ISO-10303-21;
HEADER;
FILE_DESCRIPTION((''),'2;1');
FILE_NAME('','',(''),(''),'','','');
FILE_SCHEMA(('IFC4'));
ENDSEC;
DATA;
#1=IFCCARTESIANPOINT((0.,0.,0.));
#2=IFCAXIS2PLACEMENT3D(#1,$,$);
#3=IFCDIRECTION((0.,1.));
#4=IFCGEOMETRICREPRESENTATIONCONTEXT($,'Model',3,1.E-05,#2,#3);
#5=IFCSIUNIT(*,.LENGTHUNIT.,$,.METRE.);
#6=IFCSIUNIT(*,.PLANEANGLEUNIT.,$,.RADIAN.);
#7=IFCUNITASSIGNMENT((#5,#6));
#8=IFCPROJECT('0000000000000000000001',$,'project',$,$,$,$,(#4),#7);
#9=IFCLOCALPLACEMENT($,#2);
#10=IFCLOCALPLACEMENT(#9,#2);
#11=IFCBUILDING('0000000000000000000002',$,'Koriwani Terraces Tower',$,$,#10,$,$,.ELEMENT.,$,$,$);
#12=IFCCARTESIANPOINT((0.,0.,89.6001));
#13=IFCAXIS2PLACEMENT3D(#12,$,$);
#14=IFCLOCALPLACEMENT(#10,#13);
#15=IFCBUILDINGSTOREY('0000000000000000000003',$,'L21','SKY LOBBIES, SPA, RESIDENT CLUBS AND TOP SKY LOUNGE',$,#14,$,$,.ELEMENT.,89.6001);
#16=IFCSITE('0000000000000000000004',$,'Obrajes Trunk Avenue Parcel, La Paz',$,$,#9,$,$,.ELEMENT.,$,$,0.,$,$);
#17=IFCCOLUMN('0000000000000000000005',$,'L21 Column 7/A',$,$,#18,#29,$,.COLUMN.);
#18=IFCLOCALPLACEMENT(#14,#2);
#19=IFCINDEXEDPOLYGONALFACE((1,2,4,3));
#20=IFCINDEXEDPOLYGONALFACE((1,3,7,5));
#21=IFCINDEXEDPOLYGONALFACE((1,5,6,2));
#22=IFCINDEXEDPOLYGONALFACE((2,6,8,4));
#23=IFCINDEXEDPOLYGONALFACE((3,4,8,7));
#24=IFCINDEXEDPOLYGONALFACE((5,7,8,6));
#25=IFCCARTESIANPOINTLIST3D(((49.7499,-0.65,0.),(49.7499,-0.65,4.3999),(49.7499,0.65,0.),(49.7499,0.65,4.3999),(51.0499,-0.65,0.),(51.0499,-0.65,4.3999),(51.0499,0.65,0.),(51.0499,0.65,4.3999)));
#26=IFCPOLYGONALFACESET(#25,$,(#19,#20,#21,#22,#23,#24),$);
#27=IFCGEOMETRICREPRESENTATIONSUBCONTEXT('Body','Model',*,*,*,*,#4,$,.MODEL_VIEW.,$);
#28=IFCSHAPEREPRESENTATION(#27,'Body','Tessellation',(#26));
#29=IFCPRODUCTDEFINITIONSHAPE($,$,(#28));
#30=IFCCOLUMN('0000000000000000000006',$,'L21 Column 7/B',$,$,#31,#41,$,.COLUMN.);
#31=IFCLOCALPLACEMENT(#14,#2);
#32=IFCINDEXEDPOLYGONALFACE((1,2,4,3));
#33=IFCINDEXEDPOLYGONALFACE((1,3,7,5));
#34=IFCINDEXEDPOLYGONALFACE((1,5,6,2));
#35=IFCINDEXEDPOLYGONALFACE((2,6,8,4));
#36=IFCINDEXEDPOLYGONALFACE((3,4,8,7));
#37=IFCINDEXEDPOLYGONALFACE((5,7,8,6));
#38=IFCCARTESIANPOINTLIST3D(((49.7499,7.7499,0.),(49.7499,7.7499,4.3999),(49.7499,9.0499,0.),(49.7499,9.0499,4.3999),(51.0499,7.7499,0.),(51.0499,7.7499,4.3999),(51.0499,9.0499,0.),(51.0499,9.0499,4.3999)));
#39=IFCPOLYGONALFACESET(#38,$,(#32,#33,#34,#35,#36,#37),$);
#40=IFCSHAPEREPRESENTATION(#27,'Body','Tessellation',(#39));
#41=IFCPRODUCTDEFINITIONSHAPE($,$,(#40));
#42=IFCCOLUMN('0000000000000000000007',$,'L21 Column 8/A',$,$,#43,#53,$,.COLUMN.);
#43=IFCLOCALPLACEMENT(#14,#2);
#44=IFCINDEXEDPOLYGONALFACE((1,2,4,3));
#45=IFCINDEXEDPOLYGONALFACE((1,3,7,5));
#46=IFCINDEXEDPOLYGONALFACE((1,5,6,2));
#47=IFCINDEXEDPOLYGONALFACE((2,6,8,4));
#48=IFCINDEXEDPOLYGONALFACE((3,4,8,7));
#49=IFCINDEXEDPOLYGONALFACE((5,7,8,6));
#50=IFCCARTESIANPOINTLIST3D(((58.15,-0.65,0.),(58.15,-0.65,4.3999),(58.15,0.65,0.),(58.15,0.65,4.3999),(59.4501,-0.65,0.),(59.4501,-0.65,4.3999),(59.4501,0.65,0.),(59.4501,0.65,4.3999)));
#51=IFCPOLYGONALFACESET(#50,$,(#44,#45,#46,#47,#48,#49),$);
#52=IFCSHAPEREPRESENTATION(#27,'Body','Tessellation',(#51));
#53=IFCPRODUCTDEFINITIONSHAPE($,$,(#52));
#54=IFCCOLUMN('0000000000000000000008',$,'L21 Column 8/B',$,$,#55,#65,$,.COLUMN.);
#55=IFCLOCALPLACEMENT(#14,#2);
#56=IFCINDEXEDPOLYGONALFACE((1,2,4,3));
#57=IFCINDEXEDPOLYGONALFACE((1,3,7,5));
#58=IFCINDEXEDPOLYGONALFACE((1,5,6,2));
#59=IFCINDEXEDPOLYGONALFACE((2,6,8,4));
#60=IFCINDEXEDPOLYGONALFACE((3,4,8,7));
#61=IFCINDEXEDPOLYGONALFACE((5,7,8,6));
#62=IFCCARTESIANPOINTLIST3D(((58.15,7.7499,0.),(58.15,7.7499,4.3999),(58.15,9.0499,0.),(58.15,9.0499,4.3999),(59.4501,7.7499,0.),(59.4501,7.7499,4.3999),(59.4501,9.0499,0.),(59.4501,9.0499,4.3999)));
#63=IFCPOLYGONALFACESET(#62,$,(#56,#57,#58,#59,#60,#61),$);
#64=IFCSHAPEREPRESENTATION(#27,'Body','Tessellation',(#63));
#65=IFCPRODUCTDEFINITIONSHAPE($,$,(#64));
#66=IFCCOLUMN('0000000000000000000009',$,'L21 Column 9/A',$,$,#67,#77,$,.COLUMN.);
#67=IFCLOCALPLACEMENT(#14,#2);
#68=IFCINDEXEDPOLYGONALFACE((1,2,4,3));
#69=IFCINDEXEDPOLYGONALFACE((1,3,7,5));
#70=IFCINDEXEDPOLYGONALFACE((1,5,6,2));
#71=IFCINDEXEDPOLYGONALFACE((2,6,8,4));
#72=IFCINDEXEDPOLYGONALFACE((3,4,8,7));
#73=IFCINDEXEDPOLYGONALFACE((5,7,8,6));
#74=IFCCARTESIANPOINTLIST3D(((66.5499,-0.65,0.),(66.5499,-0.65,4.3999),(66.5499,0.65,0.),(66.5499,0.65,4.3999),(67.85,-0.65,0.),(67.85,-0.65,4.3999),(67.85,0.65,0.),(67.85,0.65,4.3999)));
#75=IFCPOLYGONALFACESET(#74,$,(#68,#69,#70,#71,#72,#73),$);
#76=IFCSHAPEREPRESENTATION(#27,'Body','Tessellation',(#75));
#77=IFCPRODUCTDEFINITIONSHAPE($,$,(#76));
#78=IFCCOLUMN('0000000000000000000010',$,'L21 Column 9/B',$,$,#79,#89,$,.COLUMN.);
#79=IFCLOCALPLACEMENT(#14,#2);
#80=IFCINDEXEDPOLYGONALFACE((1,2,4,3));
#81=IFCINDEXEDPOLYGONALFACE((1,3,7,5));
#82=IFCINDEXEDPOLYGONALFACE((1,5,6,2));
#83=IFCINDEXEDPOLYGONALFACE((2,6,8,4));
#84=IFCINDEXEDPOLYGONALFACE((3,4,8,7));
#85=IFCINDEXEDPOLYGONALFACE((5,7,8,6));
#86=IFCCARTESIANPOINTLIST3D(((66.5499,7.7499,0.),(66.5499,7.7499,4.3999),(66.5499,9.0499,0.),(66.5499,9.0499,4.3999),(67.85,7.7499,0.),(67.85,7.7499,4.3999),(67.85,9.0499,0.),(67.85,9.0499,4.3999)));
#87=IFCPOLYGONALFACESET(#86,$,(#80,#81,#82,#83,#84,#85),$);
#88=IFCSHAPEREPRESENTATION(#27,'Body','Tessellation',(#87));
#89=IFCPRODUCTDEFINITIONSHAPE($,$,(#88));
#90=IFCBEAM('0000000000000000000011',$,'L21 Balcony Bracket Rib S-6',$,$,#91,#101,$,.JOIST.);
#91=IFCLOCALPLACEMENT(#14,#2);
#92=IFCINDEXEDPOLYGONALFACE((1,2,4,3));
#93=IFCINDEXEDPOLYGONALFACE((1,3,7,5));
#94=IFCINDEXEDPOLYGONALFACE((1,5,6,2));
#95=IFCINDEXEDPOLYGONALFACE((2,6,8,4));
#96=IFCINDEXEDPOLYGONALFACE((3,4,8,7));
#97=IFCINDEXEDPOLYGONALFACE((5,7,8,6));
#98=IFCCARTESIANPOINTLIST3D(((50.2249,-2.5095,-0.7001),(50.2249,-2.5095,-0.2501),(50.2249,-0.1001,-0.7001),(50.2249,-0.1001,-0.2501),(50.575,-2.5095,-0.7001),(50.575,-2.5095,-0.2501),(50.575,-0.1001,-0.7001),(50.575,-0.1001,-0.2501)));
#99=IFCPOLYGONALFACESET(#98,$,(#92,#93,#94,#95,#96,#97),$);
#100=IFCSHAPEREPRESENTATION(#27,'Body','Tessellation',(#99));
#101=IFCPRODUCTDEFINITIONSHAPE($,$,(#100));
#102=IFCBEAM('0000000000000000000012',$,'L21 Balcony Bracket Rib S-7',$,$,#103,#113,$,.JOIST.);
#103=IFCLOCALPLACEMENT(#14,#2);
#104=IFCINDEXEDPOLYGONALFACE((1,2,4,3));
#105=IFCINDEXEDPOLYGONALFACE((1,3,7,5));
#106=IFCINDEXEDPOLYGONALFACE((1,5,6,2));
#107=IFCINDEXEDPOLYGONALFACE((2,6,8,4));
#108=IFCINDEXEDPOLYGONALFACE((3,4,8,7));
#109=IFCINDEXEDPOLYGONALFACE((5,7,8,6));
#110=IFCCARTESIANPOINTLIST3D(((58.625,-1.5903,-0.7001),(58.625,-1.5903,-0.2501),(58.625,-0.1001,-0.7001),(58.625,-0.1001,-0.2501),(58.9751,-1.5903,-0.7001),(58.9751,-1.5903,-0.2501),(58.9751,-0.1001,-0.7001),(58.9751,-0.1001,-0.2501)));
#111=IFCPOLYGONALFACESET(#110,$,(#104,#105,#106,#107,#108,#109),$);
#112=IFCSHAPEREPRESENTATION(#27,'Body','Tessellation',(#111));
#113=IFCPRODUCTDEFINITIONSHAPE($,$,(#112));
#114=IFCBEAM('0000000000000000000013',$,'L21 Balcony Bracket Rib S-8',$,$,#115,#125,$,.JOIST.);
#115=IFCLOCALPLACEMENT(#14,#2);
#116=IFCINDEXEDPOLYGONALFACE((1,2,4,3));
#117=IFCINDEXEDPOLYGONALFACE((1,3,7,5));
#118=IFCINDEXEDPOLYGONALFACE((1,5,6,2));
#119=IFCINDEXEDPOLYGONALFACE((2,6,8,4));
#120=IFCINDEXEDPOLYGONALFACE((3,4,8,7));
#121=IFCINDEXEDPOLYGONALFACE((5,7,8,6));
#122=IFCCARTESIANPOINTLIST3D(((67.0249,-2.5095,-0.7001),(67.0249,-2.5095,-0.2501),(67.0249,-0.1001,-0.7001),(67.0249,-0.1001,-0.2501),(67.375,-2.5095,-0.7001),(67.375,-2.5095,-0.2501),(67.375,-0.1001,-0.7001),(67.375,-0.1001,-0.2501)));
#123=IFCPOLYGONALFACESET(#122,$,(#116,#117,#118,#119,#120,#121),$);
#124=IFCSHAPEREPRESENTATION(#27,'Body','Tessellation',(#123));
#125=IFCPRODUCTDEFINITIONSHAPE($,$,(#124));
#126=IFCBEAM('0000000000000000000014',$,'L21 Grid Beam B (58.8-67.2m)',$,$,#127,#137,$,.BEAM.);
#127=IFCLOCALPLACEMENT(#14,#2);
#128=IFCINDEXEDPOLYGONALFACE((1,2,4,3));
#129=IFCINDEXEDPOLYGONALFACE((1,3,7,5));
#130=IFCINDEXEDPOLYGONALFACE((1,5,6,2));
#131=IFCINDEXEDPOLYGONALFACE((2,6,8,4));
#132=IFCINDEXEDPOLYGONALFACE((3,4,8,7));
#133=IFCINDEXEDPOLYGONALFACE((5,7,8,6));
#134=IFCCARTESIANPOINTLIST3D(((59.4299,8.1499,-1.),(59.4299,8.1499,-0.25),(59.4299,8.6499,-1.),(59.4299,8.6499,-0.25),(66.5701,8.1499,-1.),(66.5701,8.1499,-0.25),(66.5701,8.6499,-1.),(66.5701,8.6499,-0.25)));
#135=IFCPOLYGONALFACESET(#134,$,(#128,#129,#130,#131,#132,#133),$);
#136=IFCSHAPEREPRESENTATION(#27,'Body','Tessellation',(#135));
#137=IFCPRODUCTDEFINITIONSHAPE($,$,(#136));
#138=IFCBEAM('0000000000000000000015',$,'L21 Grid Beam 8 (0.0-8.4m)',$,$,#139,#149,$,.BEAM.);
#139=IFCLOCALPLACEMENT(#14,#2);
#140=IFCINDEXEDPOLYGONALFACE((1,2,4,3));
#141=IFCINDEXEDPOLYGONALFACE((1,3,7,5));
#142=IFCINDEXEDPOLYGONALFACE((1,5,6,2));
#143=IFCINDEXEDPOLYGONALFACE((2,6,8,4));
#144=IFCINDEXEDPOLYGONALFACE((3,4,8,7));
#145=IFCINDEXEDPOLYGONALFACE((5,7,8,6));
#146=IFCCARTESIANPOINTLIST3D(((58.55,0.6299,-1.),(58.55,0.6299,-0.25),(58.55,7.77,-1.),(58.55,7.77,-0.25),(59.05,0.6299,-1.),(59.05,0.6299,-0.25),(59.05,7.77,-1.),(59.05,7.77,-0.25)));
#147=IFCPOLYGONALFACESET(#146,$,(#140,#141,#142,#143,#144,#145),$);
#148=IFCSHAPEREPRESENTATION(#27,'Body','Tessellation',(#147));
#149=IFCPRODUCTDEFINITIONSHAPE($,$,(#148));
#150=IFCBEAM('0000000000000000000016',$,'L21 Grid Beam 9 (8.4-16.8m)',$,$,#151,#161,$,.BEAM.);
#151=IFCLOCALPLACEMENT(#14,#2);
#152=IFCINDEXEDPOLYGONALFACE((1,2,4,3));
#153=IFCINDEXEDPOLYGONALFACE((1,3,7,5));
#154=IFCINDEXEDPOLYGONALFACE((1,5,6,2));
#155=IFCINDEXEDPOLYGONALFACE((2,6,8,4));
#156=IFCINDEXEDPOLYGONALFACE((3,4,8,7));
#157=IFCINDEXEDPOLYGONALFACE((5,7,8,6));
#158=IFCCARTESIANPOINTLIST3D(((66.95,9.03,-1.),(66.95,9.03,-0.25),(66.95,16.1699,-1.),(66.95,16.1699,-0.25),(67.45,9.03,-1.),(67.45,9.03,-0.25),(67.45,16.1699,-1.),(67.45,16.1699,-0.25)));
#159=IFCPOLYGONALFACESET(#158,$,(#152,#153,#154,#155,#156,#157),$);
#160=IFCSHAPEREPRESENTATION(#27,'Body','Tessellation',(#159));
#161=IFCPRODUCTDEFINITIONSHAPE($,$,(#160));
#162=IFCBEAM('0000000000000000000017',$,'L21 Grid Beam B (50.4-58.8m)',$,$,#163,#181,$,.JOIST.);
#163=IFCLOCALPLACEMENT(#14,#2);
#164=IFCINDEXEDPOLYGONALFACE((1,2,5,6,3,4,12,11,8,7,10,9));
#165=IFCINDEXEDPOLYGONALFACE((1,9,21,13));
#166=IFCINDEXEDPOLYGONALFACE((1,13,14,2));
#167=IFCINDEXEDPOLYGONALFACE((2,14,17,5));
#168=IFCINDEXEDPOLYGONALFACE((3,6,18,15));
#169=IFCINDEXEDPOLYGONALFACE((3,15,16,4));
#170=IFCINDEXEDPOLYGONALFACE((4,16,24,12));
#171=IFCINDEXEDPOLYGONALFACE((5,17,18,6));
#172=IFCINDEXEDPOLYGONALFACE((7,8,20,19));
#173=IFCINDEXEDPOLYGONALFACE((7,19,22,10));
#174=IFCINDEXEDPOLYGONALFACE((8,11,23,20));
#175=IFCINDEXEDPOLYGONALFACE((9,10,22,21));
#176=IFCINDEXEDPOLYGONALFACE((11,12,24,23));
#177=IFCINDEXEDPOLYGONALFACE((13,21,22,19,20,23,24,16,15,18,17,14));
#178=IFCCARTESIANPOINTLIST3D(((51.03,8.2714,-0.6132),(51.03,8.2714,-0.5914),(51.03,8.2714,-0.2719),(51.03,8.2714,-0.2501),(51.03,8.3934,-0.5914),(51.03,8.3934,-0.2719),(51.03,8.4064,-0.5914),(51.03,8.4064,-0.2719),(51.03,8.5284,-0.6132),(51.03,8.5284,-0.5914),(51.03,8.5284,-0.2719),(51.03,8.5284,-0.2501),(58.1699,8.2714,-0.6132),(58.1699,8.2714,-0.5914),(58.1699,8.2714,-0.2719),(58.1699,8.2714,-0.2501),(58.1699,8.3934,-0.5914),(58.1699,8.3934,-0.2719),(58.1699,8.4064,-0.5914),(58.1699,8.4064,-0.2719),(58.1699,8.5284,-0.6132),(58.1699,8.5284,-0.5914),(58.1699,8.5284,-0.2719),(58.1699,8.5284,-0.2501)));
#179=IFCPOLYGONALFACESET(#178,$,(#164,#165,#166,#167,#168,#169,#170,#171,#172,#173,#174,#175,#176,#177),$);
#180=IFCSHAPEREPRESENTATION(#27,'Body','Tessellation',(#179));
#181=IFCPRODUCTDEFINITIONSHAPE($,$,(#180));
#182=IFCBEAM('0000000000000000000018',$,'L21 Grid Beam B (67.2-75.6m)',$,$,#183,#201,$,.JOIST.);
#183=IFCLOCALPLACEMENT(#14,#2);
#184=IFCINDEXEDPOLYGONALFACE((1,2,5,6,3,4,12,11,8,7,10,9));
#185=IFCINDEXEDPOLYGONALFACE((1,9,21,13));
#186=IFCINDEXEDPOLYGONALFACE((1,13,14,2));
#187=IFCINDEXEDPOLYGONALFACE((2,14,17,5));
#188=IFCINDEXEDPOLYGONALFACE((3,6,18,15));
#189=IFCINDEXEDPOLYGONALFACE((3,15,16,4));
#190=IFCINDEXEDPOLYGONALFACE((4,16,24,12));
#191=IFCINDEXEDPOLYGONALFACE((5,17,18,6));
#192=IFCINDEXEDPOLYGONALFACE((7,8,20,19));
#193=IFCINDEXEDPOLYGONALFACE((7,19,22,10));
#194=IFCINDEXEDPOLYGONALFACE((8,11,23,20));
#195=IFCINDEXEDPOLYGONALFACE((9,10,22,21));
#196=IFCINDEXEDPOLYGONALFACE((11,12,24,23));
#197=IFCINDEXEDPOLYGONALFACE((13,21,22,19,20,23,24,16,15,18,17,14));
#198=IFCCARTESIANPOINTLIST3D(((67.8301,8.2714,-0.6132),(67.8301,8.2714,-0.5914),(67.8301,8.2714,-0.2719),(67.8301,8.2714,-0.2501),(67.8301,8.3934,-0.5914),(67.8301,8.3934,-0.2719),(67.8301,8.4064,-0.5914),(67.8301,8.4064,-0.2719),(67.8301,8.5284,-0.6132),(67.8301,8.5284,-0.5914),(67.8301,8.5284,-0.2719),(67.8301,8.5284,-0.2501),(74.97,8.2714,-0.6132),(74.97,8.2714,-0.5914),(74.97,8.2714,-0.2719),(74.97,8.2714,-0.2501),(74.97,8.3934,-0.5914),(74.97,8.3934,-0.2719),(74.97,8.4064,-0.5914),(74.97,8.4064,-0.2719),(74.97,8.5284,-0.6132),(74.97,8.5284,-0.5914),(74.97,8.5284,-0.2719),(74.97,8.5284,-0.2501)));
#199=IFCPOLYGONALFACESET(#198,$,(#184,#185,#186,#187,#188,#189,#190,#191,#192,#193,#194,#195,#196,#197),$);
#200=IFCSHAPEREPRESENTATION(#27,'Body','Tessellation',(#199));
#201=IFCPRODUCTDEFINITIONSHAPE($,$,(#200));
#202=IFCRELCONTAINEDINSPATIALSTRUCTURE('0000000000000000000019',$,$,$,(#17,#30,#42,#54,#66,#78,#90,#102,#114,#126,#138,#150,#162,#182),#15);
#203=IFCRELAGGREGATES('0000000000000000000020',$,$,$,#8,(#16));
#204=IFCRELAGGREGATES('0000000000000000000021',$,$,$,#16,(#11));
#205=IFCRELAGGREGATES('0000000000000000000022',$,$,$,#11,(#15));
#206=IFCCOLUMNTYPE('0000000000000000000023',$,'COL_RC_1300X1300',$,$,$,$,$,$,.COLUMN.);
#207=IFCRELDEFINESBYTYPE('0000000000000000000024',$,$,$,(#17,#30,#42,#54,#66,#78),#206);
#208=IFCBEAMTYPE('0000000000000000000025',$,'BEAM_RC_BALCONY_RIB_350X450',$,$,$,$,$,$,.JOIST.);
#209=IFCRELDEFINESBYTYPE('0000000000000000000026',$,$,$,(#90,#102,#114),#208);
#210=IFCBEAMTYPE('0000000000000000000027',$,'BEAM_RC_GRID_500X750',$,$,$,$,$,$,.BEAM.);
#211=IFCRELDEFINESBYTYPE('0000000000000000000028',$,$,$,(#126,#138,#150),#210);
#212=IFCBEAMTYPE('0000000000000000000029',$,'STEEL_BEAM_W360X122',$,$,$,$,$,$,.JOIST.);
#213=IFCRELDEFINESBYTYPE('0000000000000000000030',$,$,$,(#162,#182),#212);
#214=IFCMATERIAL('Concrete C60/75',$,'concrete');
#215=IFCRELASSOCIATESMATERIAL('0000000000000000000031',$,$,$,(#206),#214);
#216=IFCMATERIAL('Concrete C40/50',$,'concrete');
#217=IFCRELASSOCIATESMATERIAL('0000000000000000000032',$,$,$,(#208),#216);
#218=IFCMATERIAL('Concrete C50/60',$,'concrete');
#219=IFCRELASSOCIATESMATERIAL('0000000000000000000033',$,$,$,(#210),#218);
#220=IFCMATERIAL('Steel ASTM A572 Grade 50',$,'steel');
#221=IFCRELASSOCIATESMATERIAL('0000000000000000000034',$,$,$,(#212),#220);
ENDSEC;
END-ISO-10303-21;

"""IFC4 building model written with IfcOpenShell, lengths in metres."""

from ifc_helpers import new_model, si_unit, direction, frame, origin, origin_2d, place, context, subcontext, project, spatial, rectangle, i_section, extrude, material, material_profile, profile_set, type_object, element, save


model = new_model("IFC4")

# Units and contexts
model_context = context("Model", 3, precision=1e-05, world=origin(), true_north=direction((0.0, 1.0)))
body_context = subcontext(model_context, "Body", "Model", "MODEL_VIEW")
ifc_project = project(units=[si_unit("LENGTHUNIT", "METRE"), si_unit("PLANEANGLEUNIT", "RADIAN")], contexts=[model_context])

# Site, building, storey
site_placement = place(None, origin())
site = spatial("IfcSite", under=ifc_project, at=site_placement, Name="Obrajes Trunk Avenue Parcel, La Paz", CompositionType="ELEMENT", RefElevation=0.0)
building_placement = place(site_placement, origin())
building = spatial("IfcBuilding", under=site, at=building_placement, Name="Koriwani Terraces Tower", CompositionType="ELEMENT")
storey_placement = place(building_placement, frame((0.0, 0.0, 89.6001)))
storey = spatial("IfcBuildingStorey", under=building, at=storey_placement, Name="L21", Description="SKY LOBBIES, SPA, RESIDENT CLUBS AND TOP SKY LOUNGE", CompositionType="ELEMENT", Elevation=89.6001)

# Columns
ifc_material_1 = material(Name="Concrete C60/75", Category="concrete")
ifc_material_profile_1 = material_profile(ifc_material_1, rectangle(XDim=1.3, YDim=1.3, at=origin_2d()), Name="Concrete C60/75", Category="LoadBearing")
ifc_profile_set_1 = profile_set([ifc_material_profile_1], Name="Concrete C60/75")
column_type = type_object("IfcColumnType", Name="COL_RC_1300X1300", PredefinedType="COLUMN", material=ifc_profile_set_1)
for number, where, z_axis, x_axis, name in (
    (1, (50.3999, 0.0, 0.0), (0.0, 0.0, 1.0), (1.0, 0.0, 0.0), "L21 Column 7/A"),
    (2, (50.3999, 8.3999, 0.0), (0.0, 0.0, 1.0), (1.0, 0.0, 0.0), "L21 Column 7/B"),
    (3, (58.8, 0.0, 0.0), (0.0, 0.0, 1.0), (1.0, 0.0, 0.0), "L21 Column 8/A"),
    (4, (58.8, 8.3999, 0.0), (0.0, 0.0, 1.0), (1.0, 0.0, 0.0), "L21 Column 8/B"),
    (5, (67.2, 0.0, 0.0), (0.0, 0.0, 1.0), (1.0, 0.0, 0.0), "L21 Column 9/A"),
    (6, (67.2, 8.3999, 0.0), (0.0, 0.0, 1.0), (1.0, 0.0, 0.0), "L21 Column 9/B"),
):
    element("IfcColumn", number, at=place(storey_placement, frame(where, z_axis=z_axis, x_axis=x_axis)), inside=storey, type_object=column_type, Name=name, PredefinedType="COLUMN", context=body_context, shape_type="SweptSolid", body=[
        extrude(rectangle(XDim=1.3, YDim=1.3, at=origin_2d()), origin(), (0.0, 0.0, 1.0), 4.3999),
    ])

# Beams
ifc_material_2 = material(Name="Concrete C40/50", Category="concrete")
ifc_material_profile_2 = material_profile(ifc_material_2, rectangle(XDim=0.3501, YDim=0.45, at=origin_2d()), Name="Concrete C40/50", Category="LoadBearing")
ifc_profile_set_2 = profile_set([ifc_material_profile_2], Name="Concrete C40/50")
beam_type_1 = type_object("IfcBeamType", Name="BEAM_RC_BALCONY_RIB_350X450", PredefinedType="JOIST", material=ifc_profile_set_2)
beam_1_placement = place(storey_placement, frame((50.3999, -2.5095, -0.4751), z_axis=(0.0, 1.0, 0.0), x_axis=(-1.0, 0.0, 0.0)))
element("IfcBeam", 7, at=beam_1_placement, inside=storey, type_object=beam_type_1, Name="L21 Balcony Bracket Rib S-6", PredefinedType="JOIST", context=body_context, shape_type="SweptSolid", body=[
    extrude(rectangle(XDim=0.3501, YDim=0.45, at=origin_2d()), origin(), (0.0, 0.0, 1.0), 2.4094),
])
beam_2_placement = place(storey_placement, frame((58.8, -1.5903, -0.4751), z_axis=(0.0, 1.0, 0.0), x_axis=(-1.0, 0.0, 0.0)))
element("IfcBeam", 8, at=beam_2_placement, inside=storey, type_object=beam_type_1, Name="L21 Balcony Bracket Rib S-7", PredefinedType="JOIST", context=body_context, shape_type="SweptSolid", body=[
    extrude(rectangle(XDim=0.3501, YDim=0.45, at=origin_2d()), origin(), (0.0, 0.0, 1.0), 1.4902),
])
beam_3_placement = place(storey_placement, frame((67.2, -2.5095, -0.4751), z_axis=(0.0, 1.0, 0.0), x_axis=(-1.0, 0.0, 0.0)))
element("IfcBeam", 9, at=beam_3_placement, inside=storey, type_object=beam_type_1, Name="L21 Balcony Bracket Rib S-8", PredefinedType="JOIST", context=body_context, shape_type="SweptSolid", body=[
    extrude(rectangle(XDim=0.3501, YDim=0.45, at=origin_2d()), origin(), (0.0, 0.0, 1.0), 2.4094),
])
ifc_material_3 = material(Name="Concrete C50/60", Category="concrete")
ifc_material_profile_3 = material_profile(ifc_material_3, rectangle(XDim=0.5, YDim=0.75, at=origin_2d()), Name="Concrete C50/60", Category="LoadBearing")
ifc_profile_set_3 = profile_set([ifc_material_profile_3], Name="Concrete C50/60")
beam_type_2 = type_object("IfcBeamType", Name="BEAM_RC_GRID_500X750", PredefinedType="BEAM", material=ifc_profile_set_3)
for number, where, z_axis, x_axis, name in (
    (10, (59.4299, 8.3999, -0.625), (1.0, 0.0, 0.0), (0.0, 1.0, 0.0), "L21 Grid Beam B (58.8-67.2m)"),
    (11, (58.8, 0.6299, -0.625), (0.0, 1.0, 0.0), (-1.0, 0.0, 0.0), "L21 Grid Beam 8 (0.0-8.4m)"),
):
    element("IfcBeam", number, at=place(storey_placement, frame(where, z_axis=z_axis, x_axis=x_axis)), inside=storey, type_object=beam_type_2, Name=name, PredefinedType="BEAM", context=body_context, shape_type="SweptSolid", body=[
        extrude(rectangle(XDim=0.5, YDim=0.75, at=origin_2d()), origin(), (0.0, 0.0, 1.0), 7.1401),
    ])
beam_4_placement = place(storey_placement, frame((67.2, 9.03, -0.625), z_axis=(0.0, 1.0, 0.0), x_axis=(-1.0, 0.0, 0.0)))
element("IfcBeam", 12, at=beam_4_placement, inside=storey, type_object=beam_type_2, Name="L21 Grid Beam 9 (8.4-16.8m)", PredefinedType="BEAM", context=body_context, shape_type="SweptSolid", body=[
    extrude(rectangle(XDim=0.5, YDim=0.75, at=origin_2d()), origin(), (0.0, 0.0, 1.0), 7.1399),
])
ifc_material_4 = material(Name="Steel ASTM A572 Grade 50", Category="steel")
ifc_material_profile_4 = material_profile(ifc_material_4, i_section(OverallWidth=0.2571, OverallDepth=0.363, WebThickness=0.0129, FlangeThickness=0.0217, at=origin_2d()), Name="Steel ASTM A572 Grade 50", Category="LoadBearing")
ifc_profile_set_4 = profile_set([ifc_material_profile_4], Name="Steel ASTM A572 Grade 50")
beam_type_3 = type_object("IfcBeamType", Name="STEEL_BEAM_W360X122", PredefinedType="JOIST", material=ifc_profile_set_4)
for number, where, z_axis, x_axis, name in (
    (13, (51.03, 8.3999, -0.4316), (1.0, 0.0, 0.0), (0.0, 1.0, 0.0), "L21 Grid Beam B (50.4-58.8m)"),
    (14, (67.8301, 8.3999, -0.4316), (1.0, 0.0, 0.0), (0.0, 1.0, 0.0), "L21 Grid Beam B (67.2-75.6m)"),
):
    element("IfcBeam", number, at=place(storey_placement, frame(where, z_axis=z_axis, x_axis=x_axis)), inside=storey, type_object=beam_type_3, Name=name, PredefinedType="JOIST", context=body_context, shape_type="SweptSolid", body=[
        extrude(i_section(OverallWidth=0.2571, OverallDepth=0.363, WebThickness=0.0129, FlangeThickness=0.0217, at=origin_2d()), origin(), (0.0, 0.0, 1.0), 7.1399),
    ])

save(model, "model.ifc")
